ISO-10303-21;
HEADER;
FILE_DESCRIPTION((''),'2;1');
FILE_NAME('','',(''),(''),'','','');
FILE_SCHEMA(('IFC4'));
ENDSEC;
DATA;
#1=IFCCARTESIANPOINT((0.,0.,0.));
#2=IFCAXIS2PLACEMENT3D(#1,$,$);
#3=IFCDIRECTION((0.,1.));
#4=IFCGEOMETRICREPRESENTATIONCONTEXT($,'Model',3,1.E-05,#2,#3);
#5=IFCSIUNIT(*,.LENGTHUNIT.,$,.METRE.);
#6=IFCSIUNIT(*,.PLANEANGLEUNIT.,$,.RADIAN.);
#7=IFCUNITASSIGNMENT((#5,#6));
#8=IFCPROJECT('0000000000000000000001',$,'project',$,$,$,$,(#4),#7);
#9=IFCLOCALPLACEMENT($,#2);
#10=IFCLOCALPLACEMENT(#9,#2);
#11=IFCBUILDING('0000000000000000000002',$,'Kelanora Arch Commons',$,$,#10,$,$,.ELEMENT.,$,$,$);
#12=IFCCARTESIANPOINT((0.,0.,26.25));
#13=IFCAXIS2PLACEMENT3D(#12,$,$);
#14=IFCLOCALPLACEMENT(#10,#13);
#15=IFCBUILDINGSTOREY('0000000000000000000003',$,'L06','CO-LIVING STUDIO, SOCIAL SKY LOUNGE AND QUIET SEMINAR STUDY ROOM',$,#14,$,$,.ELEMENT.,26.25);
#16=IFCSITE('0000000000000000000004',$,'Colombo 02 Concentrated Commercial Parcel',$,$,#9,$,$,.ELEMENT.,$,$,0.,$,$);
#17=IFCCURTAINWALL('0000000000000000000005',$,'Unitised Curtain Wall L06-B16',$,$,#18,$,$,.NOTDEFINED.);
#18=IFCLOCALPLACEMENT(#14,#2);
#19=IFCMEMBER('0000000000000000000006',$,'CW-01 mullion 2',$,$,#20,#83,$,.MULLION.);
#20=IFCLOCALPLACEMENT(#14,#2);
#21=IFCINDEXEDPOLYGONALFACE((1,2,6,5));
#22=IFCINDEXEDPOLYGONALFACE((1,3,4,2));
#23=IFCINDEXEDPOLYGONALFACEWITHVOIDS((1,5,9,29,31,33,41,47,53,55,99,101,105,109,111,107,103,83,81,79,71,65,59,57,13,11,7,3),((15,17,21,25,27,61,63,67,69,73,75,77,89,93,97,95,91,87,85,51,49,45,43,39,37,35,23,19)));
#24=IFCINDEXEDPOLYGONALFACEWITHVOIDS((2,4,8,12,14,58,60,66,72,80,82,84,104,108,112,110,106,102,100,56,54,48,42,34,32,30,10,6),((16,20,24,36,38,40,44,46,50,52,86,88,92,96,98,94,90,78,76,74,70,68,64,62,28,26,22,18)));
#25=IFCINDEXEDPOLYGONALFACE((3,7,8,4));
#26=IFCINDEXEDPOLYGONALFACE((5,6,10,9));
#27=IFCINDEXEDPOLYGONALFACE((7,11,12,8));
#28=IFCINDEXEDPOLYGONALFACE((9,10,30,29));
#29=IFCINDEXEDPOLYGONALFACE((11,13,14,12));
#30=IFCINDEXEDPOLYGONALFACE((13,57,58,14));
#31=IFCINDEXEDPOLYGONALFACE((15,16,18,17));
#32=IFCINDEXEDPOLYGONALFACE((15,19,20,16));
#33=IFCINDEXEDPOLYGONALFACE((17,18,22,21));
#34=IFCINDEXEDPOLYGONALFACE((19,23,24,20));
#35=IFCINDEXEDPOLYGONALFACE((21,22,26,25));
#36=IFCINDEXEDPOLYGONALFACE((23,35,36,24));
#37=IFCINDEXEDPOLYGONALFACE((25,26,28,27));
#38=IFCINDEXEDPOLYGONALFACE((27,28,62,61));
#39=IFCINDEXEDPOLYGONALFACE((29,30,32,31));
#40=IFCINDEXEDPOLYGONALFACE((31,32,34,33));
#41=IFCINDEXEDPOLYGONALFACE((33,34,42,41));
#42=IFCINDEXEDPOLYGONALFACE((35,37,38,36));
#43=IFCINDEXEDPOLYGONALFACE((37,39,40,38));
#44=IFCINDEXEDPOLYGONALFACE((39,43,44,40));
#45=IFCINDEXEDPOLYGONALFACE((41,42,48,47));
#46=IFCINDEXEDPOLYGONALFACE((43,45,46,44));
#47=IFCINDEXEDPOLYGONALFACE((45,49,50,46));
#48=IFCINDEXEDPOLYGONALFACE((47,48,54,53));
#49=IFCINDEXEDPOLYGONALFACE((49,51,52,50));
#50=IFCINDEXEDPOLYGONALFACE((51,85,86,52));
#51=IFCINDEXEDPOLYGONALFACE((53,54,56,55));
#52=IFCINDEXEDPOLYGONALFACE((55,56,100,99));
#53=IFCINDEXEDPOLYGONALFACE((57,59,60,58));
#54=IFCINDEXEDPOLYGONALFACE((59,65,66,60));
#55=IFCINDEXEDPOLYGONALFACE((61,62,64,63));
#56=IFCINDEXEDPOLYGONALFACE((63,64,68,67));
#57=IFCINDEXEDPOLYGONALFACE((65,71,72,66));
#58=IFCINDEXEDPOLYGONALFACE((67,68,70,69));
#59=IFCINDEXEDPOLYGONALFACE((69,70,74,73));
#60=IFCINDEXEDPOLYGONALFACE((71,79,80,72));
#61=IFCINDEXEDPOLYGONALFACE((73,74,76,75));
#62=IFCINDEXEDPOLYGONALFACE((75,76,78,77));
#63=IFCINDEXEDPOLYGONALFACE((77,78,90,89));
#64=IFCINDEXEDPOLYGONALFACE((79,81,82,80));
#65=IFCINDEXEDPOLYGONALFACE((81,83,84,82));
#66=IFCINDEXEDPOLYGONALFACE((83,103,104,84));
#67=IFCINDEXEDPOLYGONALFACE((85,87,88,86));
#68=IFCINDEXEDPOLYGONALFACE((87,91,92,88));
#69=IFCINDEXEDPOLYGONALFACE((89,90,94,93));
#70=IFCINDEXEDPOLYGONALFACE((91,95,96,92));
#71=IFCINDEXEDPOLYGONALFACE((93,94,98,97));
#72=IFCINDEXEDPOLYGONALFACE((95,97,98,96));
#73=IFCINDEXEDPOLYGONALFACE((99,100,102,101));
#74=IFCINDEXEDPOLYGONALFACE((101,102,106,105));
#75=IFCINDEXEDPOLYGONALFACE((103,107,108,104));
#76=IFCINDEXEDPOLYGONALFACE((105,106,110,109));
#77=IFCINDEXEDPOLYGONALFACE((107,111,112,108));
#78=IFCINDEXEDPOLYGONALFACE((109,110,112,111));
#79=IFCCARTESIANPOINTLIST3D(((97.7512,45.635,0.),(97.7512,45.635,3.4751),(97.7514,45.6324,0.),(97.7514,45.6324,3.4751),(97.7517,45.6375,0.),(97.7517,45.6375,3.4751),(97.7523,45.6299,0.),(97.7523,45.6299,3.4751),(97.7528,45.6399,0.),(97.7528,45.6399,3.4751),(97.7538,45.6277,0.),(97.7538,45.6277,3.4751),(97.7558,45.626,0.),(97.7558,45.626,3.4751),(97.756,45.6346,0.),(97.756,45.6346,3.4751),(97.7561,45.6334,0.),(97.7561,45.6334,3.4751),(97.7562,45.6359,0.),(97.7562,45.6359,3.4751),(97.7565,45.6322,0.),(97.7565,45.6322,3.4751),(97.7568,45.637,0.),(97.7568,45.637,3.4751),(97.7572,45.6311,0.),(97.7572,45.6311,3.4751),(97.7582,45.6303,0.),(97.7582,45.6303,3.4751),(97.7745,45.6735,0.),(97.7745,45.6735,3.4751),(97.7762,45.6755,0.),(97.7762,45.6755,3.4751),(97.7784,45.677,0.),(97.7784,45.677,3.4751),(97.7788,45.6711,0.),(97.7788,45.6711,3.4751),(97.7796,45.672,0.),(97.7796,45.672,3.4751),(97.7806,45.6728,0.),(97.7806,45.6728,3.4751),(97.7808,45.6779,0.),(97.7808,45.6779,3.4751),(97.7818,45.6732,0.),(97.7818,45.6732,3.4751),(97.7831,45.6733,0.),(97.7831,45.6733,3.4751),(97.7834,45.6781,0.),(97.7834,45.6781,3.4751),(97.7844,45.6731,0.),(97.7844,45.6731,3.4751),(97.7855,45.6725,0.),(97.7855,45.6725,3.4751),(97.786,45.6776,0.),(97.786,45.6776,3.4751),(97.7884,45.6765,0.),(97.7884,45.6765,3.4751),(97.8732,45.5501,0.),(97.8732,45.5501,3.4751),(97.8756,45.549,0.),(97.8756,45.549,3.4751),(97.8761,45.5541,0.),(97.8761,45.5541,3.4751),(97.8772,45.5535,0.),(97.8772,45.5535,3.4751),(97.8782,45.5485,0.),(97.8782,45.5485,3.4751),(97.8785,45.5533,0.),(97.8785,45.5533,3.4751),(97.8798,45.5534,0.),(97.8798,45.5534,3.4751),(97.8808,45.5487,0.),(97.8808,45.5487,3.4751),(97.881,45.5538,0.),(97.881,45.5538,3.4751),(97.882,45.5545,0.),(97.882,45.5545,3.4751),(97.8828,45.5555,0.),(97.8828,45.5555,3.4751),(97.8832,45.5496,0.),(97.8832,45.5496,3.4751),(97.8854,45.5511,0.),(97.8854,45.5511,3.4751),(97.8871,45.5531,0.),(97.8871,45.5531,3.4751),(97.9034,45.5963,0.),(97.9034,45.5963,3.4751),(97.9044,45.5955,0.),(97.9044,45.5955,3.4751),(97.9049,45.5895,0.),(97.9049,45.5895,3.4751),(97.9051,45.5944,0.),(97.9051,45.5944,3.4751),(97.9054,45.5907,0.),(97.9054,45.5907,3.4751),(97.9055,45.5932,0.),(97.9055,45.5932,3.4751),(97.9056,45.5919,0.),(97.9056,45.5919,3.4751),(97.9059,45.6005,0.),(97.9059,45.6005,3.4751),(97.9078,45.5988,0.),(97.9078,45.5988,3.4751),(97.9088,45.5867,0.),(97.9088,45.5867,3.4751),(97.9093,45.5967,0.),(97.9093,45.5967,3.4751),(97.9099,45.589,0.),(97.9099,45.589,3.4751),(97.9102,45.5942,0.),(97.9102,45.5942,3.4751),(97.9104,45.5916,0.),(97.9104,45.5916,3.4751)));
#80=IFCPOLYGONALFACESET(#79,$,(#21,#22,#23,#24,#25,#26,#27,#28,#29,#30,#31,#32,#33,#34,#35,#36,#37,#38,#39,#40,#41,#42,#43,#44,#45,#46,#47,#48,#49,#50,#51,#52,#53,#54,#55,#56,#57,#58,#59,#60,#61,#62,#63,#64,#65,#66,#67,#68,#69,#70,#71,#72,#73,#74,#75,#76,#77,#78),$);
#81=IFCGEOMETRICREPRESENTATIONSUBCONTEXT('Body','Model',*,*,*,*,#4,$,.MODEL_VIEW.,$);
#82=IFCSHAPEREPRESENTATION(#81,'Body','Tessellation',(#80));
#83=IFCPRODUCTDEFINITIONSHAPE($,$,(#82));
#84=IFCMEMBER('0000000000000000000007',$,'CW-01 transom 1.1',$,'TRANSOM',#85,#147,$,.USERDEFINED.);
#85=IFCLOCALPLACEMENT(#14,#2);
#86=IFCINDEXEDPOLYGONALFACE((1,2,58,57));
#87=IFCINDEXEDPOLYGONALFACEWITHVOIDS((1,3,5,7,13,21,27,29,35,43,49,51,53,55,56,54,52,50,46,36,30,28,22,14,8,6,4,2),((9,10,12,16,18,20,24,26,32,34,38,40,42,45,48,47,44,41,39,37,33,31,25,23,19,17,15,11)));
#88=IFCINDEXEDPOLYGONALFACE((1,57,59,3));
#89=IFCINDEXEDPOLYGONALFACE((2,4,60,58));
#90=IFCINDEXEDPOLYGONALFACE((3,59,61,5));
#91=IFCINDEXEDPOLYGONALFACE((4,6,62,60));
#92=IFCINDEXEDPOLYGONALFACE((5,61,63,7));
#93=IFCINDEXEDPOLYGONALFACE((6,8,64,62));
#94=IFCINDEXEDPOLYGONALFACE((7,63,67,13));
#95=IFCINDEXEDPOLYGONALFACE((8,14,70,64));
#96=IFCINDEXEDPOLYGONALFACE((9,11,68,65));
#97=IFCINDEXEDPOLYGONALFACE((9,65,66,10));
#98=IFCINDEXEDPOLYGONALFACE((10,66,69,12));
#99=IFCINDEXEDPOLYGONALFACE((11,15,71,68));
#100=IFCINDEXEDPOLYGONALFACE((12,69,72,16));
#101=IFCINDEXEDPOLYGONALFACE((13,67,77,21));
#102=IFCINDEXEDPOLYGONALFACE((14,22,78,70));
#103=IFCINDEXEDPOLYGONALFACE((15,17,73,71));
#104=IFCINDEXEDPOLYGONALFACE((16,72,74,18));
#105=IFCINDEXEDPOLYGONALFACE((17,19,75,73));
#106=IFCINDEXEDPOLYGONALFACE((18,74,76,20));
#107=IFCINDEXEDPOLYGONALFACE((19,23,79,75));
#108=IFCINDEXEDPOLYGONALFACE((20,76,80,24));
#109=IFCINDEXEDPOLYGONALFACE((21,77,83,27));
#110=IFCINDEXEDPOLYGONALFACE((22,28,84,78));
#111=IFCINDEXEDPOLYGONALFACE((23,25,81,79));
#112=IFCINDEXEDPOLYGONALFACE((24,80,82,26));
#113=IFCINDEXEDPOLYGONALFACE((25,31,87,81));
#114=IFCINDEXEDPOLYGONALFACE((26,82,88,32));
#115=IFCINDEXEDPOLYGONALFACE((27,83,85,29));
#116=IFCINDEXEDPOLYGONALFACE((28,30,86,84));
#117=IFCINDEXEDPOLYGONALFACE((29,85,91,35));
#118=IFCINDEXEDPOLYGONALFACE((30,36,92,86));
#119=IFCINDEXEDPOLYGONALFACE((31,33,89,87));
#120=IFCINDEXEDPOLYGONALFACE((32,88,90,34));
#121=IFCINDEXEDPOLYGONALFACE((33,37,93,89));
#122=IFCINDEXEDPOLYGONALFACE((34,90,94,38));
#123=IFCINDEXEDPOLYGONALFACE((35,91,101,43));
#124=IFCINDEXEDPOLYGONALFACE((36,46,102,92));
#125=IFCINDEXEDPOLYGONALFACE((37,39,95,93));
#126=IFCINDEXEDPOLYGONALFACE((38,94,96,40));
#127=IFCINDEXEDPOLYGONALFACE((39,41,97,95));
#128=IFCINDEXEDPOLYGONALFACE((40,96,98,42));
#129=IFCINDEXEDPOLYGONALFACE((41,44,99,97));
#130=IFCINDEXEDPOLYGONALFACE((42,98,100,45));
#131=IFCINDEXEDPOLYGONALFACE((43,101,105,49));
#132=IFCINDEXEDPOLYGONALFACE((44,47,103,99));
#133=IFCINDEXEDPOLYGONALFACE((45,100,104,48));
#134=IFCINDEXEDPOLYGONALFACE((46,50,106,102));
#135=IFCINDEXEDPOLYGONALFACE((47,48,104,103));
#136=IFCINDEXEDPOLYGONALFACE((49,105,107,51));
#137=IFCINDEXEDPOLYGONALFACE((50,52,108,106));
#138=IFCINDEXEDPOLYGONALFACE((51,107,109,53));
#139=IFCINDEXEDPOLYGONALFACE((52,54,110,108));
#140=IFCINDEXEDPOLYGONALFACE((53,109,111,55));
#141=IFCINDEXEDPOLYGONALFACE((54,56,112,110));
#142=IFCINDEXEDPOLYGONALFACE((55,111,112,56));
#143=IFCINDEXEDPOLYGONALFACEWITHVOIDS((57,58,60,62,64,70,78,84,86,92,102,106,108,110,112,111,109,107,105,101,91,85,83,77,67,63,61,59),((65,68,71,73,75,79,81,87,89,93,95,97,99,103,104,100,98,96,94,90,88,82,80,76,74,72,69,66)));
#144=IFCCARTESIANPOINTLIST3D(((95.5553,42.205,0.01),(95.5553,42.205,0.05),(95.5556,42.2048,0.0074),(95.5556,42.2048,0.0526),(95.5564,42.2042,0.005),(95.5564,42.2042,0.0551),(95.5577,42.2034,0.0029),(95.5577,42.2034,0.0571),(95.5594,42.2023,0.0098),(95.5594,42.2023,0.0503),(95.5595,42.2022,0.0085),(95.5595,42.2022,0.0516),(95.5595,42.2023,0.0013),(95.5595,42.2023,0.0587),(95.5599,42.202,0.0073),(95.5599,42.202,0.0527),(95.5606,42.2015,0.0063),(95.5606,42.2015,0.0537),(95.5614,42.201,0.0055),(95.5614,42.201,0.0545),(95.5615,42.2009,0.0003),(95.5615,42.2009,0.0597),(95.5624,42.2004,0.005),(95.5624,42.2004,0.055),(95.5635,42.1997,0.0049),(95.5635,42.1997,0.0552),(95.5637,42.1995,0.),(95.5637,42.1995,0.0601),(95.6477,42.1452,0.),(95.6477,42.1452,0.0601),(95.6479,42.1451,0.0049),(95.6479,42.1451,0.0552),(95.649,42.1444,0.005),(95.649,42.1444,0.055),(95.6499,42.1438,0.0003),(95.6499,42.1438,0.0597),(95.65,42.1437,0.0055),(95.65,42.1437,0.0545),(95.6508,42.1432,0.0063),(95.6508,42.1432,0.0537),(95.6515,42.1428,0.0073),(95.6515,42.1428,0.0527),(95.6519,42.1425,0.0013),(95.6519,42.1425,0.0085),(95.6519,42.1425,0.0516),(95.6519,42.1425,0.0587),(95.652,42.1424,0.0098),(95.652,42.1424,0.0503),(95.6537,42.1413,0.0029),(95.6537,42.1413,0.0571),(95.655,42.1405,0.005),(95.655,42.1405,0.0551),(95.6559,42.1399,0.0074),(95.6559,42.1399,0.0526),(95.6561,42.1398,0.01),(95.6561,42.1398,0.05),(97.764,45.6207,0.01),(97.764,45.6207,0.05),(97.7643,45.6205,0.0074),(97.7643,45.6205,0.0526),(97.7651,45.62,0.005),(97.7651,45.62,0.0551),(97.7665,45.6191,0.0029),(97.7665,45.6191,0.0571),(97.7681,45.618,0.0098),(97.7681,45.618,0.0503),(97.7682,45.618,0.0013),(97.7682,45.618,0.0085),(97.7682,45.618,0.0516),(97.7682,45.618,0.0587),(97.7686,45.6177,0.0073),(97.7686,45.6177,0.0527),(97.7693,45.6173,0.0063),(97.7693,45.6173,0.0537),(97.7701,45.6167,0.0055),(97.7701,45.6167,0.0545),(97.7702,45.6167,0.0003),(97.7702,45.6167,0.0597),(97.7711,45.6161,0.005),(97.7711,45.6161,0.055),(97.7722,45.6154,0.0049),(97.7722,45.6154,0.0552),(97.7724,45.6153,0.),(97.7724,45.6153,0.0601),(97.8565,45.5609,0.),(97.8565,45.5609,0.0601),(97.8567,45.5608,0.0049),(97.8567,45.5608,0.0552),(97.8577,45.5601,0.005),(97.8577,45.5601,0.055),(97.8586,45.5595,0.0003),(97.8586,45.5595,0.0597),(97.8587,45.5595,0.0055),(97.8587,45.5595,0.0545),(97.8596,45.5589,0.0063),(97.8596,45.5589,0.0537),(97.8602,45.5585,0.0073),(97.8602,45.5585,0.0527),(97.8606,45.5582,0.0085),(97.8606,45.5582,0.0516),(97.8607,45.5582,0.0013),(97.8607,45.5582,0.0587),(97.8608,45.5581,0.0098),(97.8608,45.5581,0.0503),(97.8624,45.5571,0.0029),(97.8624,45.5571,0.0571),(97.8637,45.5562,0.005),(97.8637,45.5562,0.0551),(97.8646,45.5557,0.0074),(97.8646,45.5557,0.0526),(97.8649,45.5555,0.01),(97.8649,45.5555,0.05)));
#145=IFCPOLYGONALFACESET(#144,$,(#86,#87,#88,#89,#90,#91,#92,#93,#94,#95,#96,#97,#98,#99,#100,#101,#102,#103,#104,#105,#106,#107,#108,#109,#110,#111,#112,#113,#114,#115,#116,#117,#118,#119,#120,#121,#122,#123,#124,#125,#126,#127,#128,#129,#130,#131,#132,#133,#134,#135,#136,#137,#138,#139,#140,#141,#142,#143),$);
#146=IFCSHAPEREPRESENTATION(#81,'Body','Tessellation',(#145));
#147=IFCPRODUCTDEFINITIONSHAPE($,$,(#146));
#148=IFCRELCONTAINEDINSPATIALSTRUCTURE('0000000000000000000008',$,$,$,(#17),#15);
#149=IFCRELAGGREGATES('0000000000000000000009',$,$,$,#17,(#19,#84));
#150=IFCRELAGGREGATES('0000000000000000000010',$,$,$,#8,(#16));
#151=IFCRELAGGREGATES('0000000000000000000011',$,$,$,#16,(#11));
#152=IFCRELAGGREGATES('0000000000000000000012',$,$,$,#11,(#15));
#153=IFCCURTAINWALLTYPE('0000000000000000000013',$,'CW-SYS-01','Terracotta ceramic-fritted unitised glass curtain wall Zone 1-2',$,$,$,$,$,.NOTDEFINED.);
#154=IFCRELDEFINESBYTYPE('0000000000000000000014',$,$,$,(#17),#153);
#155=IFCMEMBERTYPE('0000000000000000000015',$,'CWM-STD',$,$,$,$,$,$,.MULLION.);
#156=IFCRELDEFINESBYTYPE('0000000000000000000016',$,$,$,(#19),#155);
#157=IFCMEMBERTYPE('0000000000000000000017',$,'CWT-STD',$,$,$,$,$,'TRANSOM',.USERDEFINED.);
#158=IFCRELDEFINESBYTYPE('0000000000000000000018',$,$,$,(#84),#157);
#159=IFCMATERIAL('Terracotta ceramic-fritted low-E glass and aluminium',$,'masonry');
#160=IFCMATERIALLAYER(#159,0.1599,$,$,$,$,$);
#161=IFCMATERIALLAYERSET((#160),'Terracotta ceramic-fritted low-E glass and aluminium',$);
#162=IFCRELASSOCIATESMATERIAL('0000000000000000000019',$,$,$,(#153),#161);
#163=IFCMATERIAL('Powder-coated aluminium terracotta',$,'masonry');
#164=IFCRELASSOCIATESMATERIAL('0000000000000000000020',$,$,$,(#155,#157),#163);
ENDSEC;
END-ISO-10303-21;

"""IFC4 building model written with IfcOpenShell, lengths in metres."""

from ifc_helpers import new_model, si_unit, direction, frame, origin, origin_2d, place, context, subcontext, project, spatial, hollow_rectangle, extrude, material, layer, layer_set, material_profile, profile_set, type_object, element, aggregate, save


model = new_model("IFC4")

# Units and contexts
model_context = context("Model", 3, precision=1e-05, world=origin(), true_north=direction((0.0, 1.0)))
body_context = subcontext(model_context, "Body", "Model", "MODEL_VIEW")
ifc_project = project(units=[si_unit("LENGTHUNIT", "METRE"), si_unit("PLANEANGLEUNIT", "RADIAN")], contexts=[model_context])

# Site, building, storey
site_placement = place(None, origin())
site = spatial("IfcSite", under=ifc_project, at=site_placement, Name="Colombo 02 Concentrated Commercial Parcel", CompositionType="ELEMENT", RefElevation=0.0)
building_placement = place(site_placement, origin())
building = spatial("IfcBuilding", under=site, at=building_placement, Name="Kelanora Arch Commons", CompositionType="ELEMENT")
storey_placement = place(building_placement, frame((0.0, 0.0, 26.25)))
storey = spatial("IfcBuildingStorey", under=building, at=storey_placement, Name="L06", Description="CO-LIVING STUDIO, SOCIAL SKY LOUNGE AND QUIET SEMINAR STUDY ROOM", CompositionType="ELEMENT", Elevation=26.25)

# Shared definitions
ifc_material_1 = material(Name="Terracotta ceramic-fritted low-E glass and aluminium", Category="masonry")
ifc_layer_1 = layer(ifc_material_1, 0.1599)
ifc_layer_set_1 = layer_set([ifc_layer_1], Name="Terracotta ceramic-fritted low-E glass and aluminium")
curtain_wall_type = type_object("IfcCurtainWallType", Name="CW-SYS-01", Description="Terracotta ceramic-fritted unitised glass curtain wall Zone 1-2", PredefinedType="NOTDEFINED", material=ifc_layer_set_1)
ifc_material_2 = material(Name="Powder-coated aluminium terracotta", Category="masonry")
ifc_material_profile_1 = material_profile(ifc_material_2, hollow_rectangle(XDim=0.1599, YDim=0.0601, WallThickness=0.0049, InnerFilletRadius=0.0049, OuterFilletRadius=0.01, at=origin_2d()), Name="CWM160x60")
ifc_profile_set_1 = profile_set([ifc_material_profile_1], Name="Powder-coated aluminium terracotta")
member_type_1 = type_object("IfcMemberType", Name="CWM-STD", PredefinedType="MULLION", material=ifc_profile_set_1)

# Curtain wall, members
curtain_wall_1_placement = place(storey_placement, origin())
curtain_wall_1 = element("IfcCurtainWall", 1, at=curtain_wall_1_placement, inside=storey, type_object=curtain_wall_type, Name="Unitised Curtain Wall L06-B16", PredefinedType="NOTDEFINED")
member_1_placement = place(storey_placement, frame((97.8308, 45.6133, 0.0), z_axis=(0.0, 0.0, 1.0), x_axis=(-0.83973, 0.543004, 0.0)))
member_1 = element("IfcMember", 2, at=member_1_placement, type_object=member_type_1, Name="CW-01 mullion 2", PredefinedType="MULLION", context=body_context, shape_type="SweptSolid", body=[
    extrude(hollow_rectangle(XDim=0.1599, YDim=0.0601, WallThickness=0.0049, InnerFilletRadius=0.0049, OuterFilletRadius=0.01, at=origin_2d()), origin(), (0.0, 0.0, 1.0), 3.4751),
])
ifc_material_profile_2 = material_profile(ifc_material_2, hollow_rectangle(XDim=0.1201, YDim=0.0601, WallThickness=0.0049, InnerFilletRadius=0.0049, OuterFilletRadius=0.01, at=origin_2d()), Name="CWT120x60")
ifc_profile_set_2 = profile_set([ifc_material_profile_2], Name="Powder-coated aluminium terracotta")
member_type_2 = type_object("IfcMemberType", Name="CWT-STD", ElementType="TRANSOM", PredefinedType="USERDEFINED", material=ifc_profile_set_2)
member_2_placement = place(storey_placement, frame((95.6057, 42.1724, 0.03), z_axis=(0.542997, 0.839734, 0.0), x_axis=(-0.839734, 0.542997, 0.0)))
member_2 = element("IfcMember", 3, at=member_2_placement, type_object=member_type_2, Name="CW-01 transom 1.1", ObjectType="TRANSOM", PredefinedType="USERDEFINED", context=body_context, shape_type="SweptSolid", body=[
    extrude(hollow_rectangle(XDim=0.1201, YDim=0.0601, WallThickness=0.0049, InnerFilletRadius=0.0049, OuterFilletRadius=0.01, at=origin_2d()), origin(), (0.0, 0.0, 1.0), 4.0676),
])

aggregate(curtain_wall_1, [member_1, member_2])

save(model, "model.ifc")
